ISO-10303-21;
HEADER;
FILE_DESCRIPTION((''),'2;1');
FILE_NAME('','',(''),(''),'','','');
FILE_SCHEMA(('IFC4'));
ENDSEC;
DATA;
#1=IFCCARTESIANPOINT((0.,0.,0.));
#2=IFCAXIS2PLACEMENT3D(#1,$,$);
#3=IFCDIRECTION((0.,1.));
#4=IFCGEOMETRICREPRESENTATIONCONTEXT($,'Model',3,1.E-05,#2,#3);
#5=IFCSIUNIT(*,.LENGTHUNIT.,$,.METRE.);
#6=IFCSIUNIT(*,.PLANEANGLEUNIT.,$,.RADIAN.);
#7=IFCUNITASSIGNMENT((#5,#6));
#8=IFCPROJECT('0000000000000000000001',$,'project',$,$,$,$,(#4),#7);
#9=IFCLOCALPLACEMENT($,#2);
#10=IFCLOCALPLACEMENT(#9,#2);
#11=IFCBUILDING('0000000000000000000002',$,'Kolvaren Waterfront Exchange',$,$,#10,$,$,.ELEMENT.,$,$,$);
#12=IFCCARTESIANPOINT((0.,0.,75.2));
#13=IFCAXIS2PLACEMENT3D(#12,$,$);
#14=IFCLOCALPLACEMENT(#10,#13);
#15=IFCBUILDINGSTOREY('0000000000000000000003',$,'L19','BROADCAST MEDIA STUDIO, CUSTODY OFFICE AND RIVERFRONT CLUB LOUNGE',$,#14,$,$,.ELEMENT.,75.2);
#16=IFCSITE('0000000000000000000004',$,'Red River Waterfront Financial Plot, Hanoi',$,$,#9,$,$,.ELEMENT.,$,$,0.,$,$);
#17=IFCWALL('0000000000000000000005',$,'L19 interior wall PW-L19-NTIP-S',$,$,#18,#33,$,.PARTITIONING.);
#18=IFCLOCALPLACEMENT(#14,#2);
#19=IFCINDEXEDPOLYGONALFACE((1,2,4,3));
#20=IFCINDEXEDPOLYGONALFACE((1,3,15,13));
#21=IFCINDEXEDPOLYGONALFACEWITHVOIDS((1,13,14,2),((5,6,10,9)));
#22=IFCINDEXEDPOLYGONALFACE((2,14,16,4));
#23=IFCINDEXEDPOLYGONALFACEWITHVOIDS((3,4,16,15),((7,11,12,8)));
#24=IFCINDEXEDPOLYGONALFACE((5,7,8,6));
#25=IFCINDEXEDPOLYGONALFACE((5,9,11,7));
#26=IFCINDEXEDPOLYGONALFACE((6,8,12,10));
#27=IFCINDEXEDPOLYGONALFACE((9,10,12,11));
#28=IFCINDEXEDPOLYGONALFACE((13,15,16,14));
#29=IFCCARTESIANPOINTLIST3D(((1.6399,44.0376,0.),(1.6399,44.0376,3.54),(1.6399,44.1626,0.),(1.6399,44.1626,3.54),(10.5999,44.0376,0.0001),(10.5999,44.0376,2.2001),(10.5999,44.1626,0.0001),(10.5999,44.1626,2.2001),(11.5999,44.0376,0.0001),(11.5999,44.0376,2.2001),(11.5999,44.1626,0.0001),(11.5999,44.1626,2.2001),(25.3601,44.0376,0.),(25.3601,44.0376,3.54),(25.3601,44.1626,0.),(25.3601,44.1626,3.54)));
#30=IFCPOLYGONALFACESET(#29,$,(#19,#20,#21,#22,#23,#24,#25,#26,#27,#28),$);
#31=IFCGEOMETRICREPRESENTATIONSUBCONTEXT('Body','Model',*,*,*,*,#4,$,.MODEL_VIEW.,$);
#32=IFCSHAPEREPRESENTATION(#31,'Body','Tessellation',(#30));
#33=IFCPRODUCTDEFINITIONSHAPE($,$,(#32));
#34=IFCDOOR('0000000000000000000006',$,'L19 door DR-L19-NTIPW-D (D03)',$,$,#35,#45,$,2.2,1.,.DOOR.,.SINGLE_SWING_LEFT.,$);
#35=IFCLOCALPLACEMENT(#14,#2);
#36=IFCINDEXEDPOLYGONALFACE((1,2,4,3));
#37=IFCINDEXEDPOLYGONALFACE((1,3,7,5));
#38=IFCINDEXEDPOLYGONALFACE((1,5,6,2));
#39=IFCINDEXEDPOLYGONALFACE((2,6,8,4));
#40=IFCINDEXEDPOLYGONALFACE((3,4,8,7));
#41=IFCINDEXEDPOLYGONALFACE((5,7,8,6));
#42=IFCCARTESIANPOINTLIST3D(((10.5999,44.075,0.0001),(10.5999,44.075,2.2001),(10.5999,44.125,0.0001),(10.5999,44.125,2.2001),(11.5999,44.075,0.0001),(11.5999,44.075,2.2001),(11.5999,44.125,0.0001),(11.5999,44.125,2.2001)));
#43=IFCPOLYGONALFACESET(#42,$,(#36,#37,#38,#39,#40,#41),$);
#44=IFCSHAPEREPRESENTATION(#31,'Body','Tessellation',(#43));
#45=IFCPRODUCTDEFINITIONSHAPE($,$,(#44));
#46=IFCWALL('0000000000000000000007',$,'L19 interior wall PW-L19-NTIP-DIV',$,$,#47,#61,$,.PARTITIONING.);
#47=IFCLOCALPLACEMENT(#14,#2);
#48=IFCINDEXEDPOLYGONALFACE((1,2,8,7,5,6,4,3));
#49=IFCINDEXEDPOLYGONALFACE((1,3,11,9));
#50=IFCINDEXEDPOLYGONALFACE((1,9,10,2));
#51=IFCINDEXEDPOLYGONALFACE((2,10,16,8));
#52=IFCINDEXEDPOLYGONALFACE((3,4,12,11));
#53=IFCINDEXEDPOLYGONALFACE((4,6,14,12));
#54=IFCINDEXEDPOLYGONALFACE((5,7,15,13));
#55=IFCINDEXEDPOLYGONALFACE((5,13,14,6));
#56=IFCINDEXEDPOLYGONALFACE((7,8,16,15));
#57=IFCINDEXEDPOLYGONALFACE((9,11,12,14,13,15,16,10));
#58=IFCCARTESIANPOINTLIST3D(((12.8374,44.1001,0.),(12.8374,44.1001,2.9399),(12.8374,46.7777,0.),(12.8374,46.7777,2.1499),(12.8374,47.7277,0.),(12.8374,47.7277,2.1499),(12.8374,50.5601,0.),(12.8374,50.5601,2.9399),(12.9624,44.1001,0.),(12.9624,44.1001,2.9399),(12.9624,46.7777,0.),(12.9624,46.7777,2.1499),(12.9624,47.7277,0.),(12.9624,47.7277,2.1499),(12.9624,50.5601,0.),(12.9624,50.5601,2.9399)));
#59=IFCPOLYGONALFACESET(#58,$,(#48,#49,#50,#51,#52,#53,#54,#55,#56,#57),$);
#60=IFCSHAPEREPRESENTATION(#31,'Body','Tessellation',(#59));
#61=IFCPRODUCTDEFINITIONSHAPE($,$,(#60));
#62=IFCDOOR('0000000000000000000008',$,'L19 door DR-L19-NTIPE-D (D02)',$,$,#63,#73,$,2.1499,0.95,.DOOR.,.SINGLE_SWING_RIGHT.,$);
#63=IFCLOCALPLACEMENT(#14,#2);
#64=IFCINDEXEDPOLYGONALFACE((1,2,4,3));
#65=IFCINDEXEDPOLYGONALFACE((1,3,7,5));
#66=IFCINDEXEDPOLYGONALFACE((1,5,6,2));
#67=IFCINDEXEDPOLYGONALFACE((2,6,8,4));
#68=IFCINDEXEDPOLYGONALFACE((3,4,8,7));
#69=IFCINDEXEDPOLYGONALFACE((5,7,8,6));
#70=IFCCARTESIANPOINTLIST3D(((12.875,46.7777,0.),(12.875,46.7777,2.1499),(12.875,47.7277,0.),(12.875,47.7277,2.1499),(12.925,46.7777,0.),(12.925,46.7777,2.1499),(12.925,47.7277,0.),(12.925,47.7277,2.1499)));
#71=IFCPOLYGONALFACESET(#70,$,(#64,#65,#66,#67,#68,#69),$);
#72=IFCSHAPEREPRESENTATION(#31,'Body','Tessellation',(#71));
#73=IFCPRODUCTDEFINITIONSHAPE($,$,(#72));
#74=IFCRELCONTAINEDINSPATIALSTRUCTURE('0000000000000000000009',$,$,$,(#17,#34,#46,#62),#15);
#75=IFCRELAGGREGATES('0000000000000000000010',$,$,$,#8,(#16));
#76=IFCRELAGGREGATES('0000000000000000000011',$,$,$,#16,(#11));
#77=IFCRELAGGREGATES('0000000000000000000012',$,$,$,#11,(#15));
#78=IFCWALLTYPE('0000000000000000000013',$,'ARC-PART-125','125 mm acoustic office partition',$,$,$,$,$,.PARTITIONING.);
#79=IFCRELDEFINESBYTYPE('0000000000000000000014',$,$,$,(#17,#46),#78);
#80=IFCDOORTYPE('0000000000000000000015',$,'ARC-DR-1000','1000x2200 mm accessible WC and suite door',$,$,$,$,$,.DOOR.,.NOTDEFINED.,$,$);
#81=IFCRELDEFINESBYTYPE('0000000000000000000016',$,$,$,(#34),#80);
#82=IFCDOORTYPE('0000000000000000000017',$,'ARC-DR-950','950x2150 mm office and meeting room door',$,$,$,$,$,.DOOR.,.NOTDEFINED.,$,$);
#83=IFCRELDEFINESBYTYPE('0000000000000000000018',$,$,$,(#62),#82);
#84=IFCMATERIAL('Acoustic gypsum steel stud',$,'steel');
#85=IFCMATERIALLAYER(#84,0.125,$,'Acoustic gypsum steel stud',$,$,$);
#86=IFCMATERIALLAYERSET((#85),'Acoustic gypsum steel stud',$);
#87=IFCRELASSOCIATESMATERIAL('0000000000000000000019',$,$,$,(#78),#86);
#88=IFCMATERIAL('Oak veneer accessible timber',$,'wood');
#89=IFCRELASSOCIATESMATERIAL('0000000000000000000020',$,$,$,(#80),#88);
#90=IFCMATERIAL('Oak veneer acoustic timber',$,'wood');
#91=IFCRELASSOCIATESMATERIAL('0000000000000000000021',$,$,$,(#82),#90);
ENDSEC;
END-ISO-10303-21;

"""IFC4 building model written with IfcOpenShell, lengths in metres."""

from ifc_helpers import new_model, si_unit, direction, frame, frame_2d, origin, place, context, subcontext, project, spatial, rectangle, extrude, material, layer, layer_set, type_object, element, fill, save


model = new_model("IFC4")

# Units and contexts
model_context = context("Model", 3, precision=1e-05, world=origin(), true_north=direction((0.0, 1.0)))
body_context = subcontext(model_context, "Body", "Model", "MODEL_VIEW")
ifc_project = project(units=[si_unit("LENGTHUNIT", "METRE"), si_unit("PLANEANGLEUNIT", "RADIAN")], contexts=[model_context])

# Site, building, storey
site_placement = place(None, origin())
site = spatial("IfcSite", under=ifc_project, at=site_placement, Name="Red River Waterfront Financial Plot, Hanoi", CompositionType="ELEMENT", RefElevation=0.0)
building_placement = place(site_placement, origin())
building = spatial("IfcBuilding", under=site, at=building_placement, Name="Kolvaren Waterfront Exchange", CompositionType="ELEMENT")
storey_placement = place(building_placement, frame((0.0, 0.0, 75.2)))
storey = spatial("IfcBuildingStorey", under=building, at=storey_placement, Name="L19", Description="BROADCAST MEDIA STUDIO, CUSTODY OFFICE AND RIVERFRONT CLUB LOUNGE", CompositionType="ELEMENT", Elevation=75.2)

# Walls, openings, doors
ifc_material_1 = material(Name="Acoustic gypsum steel stud", Category="steel")
ifc_layer_1 = layer(ifc_material_1, 0.125, Name="Acoustic gypsum steel stud")
ifc_layer_set_1 = layer_set([ifc_layer_1], Name="Acoustic gypsum steel stud")
wall_type_1 = type_object("IfcWallType", Name="ARC-PART-125", Description="125 mm acoustic office partition", PredefinedType="PARTITIONING", material=ifc_layer_set_1)
wall_1_placement = place(storey_placement, frame((1.6399, 44.1001, 0.0), z_axis=(0.0, 0.0, 1.0), x_axis=(1.0, 0.0, 0.0)))
wall_1 = element("IfcWall", 1, at=wall_1_placement, inside=storey, type_object=wall_type_1, Name="L19 interior wall PW-L19-NTIP-S", PredefinedType="PARTITIONING", context=body_context, shape_type="SweptSolid", body=[
    extrude(rectangle(XDim=23.7202, YDim=0.125, at=frame_2d((11.8601, 0.0))), origin(), (0.0, 0.0, 1.0), 3.54),
])
opening_1_placement = place(wall_1_placement, frame((8.96, 0.0, 0.0)))
opening_1 = element("IfcOpeningElement", 2, at=opening_1_placement, cuts=wall_1, PredefinedType="OPENING", context=body_context, shape_type="SweptSolid", body=[
    extrude(rectangle(XDim=1.0, YDim=2.2, at=frame_2d((0.5, 1.1001))), frame((0.0, 0.0725, 0.0), z_axis=(0.0, -1.0, 0.0), x_axis=(1.0, 0.0, 0.0)), (0.0, 0.0, 1.0), 0.145),
])
ifc_material_2 = material(Name="Oak veneer accessible timber", Category="wood")
door_type_1 = type_object("IfcDoorType", Name="ARC-DR-1000", Description="1000x2200 mm accessible WC and suite door", OperationType="NOTDEFINED", PredefinedType="DOOR", material=ifc_material_2)
door_1_placement = place(opening_1_placement, origin())
door_1 = element("IfcDoor", 3, at=door_1_placement, inside=storey, type_object=door_type_1, Name="L19 door DR-L19-NTIPW-D (D03)", OperationType="SINGLE_SWING_LEFT", OverallHeight=2.2, OverallWidth=1.0, PredefinedType="DOOR", context=body_context, shape_type="SweptSolid", body=[
    extrude(rectangle(XDim=1.0, YDim=2.2, at=frame_2d((0.5, 1.1001))), frame((0.0, 0.0249, 0.0), z_axis=(0.0, -1.0, 0.0), x_axis=(1.0, 0.0, 0.0)), (0.0, 0.0, 1.0), 0.05),
])
fill(opening_1, door_1)
wall_2_placement = place(storey_placement, frame((12.8999, 44.1001, 0.0), z_axis=(0.0, 0.0, 1.0), x_axis=(0.0, 1.0, 0.0)))
wall_2 = element("IfcWall", 4, at=wall_2_placement, inside=storey, type_object=wall_type_1, Name="L19 interior wall PW-L19-NTIP-DIV", PredefinedType="PARTITIONING", context=body_context, shape_type="SweptSolid", body=[
    extrude(rectangle(XDim=6.46, YDim=0.125, at=frame_2d((3.23, 0.0))), origin(), (0.0, 0.0, 1.0), 2.9399),
])
opening_2_placement = place(wall_2_placement, frame((2.6775, 0.0, 0.0)))
opening_2 = element("IfcOpeningElement", 5, at=opening_2_placement, cuts=wall_2, PredefinedType="OPENING", context=body_context, shape_type="SweptSolid", body=[
    extrude(rectangle(XDim=0.95, YDim=2.1499, at=frame_2d((0.4751, 1.075))), frame((0.0, 0.0725, 0.0), z_axis=(0.0, -1.0, 0.0), x_axis=(1.0, 0.0, 0.0)), (0.0, 0.0, 1.0), 0.145),
])
ifc_material_3 = material(Name="Oak veneer acoustic timber", Category="wood")
door_type_2 = type_object("IfcDoorType", Name="ARC-DR-950", Description="950x2150 mm office and meeting room door", OperationType="NOTDEFINED", PredefinedType="DOOR", material=ifc_material_3)
door_2_placement = place(opening_2_placement, origin())
door_2 = element("IfcDoor", 6, at=door_2_placement, inside=storey, type_object=door_type_2, Name="L19 door DR-L19-NTIPE-D (D02)", OperationType="SINGLE_SWING_RIGHT", OverallHeight=2.1499, OverallWidth=0.95, PredefinedType="DOOR", context=body_context, shape_type="SweptSolid", body=[
    extrude(rectangle(XDim=0.95, YDim=2.1499, at=frame_2d((0.4751, 1.075))), frame((0.0, 0.0249, 0.0), z_axis=(0.0, -1.0, 0.0), x_axis=(1.0, 0.0, 0.0)), (0.0, 0.0, 1.0), 0.05),
])
fill(opening_2, door_2)

save(model, "model.ifc")
